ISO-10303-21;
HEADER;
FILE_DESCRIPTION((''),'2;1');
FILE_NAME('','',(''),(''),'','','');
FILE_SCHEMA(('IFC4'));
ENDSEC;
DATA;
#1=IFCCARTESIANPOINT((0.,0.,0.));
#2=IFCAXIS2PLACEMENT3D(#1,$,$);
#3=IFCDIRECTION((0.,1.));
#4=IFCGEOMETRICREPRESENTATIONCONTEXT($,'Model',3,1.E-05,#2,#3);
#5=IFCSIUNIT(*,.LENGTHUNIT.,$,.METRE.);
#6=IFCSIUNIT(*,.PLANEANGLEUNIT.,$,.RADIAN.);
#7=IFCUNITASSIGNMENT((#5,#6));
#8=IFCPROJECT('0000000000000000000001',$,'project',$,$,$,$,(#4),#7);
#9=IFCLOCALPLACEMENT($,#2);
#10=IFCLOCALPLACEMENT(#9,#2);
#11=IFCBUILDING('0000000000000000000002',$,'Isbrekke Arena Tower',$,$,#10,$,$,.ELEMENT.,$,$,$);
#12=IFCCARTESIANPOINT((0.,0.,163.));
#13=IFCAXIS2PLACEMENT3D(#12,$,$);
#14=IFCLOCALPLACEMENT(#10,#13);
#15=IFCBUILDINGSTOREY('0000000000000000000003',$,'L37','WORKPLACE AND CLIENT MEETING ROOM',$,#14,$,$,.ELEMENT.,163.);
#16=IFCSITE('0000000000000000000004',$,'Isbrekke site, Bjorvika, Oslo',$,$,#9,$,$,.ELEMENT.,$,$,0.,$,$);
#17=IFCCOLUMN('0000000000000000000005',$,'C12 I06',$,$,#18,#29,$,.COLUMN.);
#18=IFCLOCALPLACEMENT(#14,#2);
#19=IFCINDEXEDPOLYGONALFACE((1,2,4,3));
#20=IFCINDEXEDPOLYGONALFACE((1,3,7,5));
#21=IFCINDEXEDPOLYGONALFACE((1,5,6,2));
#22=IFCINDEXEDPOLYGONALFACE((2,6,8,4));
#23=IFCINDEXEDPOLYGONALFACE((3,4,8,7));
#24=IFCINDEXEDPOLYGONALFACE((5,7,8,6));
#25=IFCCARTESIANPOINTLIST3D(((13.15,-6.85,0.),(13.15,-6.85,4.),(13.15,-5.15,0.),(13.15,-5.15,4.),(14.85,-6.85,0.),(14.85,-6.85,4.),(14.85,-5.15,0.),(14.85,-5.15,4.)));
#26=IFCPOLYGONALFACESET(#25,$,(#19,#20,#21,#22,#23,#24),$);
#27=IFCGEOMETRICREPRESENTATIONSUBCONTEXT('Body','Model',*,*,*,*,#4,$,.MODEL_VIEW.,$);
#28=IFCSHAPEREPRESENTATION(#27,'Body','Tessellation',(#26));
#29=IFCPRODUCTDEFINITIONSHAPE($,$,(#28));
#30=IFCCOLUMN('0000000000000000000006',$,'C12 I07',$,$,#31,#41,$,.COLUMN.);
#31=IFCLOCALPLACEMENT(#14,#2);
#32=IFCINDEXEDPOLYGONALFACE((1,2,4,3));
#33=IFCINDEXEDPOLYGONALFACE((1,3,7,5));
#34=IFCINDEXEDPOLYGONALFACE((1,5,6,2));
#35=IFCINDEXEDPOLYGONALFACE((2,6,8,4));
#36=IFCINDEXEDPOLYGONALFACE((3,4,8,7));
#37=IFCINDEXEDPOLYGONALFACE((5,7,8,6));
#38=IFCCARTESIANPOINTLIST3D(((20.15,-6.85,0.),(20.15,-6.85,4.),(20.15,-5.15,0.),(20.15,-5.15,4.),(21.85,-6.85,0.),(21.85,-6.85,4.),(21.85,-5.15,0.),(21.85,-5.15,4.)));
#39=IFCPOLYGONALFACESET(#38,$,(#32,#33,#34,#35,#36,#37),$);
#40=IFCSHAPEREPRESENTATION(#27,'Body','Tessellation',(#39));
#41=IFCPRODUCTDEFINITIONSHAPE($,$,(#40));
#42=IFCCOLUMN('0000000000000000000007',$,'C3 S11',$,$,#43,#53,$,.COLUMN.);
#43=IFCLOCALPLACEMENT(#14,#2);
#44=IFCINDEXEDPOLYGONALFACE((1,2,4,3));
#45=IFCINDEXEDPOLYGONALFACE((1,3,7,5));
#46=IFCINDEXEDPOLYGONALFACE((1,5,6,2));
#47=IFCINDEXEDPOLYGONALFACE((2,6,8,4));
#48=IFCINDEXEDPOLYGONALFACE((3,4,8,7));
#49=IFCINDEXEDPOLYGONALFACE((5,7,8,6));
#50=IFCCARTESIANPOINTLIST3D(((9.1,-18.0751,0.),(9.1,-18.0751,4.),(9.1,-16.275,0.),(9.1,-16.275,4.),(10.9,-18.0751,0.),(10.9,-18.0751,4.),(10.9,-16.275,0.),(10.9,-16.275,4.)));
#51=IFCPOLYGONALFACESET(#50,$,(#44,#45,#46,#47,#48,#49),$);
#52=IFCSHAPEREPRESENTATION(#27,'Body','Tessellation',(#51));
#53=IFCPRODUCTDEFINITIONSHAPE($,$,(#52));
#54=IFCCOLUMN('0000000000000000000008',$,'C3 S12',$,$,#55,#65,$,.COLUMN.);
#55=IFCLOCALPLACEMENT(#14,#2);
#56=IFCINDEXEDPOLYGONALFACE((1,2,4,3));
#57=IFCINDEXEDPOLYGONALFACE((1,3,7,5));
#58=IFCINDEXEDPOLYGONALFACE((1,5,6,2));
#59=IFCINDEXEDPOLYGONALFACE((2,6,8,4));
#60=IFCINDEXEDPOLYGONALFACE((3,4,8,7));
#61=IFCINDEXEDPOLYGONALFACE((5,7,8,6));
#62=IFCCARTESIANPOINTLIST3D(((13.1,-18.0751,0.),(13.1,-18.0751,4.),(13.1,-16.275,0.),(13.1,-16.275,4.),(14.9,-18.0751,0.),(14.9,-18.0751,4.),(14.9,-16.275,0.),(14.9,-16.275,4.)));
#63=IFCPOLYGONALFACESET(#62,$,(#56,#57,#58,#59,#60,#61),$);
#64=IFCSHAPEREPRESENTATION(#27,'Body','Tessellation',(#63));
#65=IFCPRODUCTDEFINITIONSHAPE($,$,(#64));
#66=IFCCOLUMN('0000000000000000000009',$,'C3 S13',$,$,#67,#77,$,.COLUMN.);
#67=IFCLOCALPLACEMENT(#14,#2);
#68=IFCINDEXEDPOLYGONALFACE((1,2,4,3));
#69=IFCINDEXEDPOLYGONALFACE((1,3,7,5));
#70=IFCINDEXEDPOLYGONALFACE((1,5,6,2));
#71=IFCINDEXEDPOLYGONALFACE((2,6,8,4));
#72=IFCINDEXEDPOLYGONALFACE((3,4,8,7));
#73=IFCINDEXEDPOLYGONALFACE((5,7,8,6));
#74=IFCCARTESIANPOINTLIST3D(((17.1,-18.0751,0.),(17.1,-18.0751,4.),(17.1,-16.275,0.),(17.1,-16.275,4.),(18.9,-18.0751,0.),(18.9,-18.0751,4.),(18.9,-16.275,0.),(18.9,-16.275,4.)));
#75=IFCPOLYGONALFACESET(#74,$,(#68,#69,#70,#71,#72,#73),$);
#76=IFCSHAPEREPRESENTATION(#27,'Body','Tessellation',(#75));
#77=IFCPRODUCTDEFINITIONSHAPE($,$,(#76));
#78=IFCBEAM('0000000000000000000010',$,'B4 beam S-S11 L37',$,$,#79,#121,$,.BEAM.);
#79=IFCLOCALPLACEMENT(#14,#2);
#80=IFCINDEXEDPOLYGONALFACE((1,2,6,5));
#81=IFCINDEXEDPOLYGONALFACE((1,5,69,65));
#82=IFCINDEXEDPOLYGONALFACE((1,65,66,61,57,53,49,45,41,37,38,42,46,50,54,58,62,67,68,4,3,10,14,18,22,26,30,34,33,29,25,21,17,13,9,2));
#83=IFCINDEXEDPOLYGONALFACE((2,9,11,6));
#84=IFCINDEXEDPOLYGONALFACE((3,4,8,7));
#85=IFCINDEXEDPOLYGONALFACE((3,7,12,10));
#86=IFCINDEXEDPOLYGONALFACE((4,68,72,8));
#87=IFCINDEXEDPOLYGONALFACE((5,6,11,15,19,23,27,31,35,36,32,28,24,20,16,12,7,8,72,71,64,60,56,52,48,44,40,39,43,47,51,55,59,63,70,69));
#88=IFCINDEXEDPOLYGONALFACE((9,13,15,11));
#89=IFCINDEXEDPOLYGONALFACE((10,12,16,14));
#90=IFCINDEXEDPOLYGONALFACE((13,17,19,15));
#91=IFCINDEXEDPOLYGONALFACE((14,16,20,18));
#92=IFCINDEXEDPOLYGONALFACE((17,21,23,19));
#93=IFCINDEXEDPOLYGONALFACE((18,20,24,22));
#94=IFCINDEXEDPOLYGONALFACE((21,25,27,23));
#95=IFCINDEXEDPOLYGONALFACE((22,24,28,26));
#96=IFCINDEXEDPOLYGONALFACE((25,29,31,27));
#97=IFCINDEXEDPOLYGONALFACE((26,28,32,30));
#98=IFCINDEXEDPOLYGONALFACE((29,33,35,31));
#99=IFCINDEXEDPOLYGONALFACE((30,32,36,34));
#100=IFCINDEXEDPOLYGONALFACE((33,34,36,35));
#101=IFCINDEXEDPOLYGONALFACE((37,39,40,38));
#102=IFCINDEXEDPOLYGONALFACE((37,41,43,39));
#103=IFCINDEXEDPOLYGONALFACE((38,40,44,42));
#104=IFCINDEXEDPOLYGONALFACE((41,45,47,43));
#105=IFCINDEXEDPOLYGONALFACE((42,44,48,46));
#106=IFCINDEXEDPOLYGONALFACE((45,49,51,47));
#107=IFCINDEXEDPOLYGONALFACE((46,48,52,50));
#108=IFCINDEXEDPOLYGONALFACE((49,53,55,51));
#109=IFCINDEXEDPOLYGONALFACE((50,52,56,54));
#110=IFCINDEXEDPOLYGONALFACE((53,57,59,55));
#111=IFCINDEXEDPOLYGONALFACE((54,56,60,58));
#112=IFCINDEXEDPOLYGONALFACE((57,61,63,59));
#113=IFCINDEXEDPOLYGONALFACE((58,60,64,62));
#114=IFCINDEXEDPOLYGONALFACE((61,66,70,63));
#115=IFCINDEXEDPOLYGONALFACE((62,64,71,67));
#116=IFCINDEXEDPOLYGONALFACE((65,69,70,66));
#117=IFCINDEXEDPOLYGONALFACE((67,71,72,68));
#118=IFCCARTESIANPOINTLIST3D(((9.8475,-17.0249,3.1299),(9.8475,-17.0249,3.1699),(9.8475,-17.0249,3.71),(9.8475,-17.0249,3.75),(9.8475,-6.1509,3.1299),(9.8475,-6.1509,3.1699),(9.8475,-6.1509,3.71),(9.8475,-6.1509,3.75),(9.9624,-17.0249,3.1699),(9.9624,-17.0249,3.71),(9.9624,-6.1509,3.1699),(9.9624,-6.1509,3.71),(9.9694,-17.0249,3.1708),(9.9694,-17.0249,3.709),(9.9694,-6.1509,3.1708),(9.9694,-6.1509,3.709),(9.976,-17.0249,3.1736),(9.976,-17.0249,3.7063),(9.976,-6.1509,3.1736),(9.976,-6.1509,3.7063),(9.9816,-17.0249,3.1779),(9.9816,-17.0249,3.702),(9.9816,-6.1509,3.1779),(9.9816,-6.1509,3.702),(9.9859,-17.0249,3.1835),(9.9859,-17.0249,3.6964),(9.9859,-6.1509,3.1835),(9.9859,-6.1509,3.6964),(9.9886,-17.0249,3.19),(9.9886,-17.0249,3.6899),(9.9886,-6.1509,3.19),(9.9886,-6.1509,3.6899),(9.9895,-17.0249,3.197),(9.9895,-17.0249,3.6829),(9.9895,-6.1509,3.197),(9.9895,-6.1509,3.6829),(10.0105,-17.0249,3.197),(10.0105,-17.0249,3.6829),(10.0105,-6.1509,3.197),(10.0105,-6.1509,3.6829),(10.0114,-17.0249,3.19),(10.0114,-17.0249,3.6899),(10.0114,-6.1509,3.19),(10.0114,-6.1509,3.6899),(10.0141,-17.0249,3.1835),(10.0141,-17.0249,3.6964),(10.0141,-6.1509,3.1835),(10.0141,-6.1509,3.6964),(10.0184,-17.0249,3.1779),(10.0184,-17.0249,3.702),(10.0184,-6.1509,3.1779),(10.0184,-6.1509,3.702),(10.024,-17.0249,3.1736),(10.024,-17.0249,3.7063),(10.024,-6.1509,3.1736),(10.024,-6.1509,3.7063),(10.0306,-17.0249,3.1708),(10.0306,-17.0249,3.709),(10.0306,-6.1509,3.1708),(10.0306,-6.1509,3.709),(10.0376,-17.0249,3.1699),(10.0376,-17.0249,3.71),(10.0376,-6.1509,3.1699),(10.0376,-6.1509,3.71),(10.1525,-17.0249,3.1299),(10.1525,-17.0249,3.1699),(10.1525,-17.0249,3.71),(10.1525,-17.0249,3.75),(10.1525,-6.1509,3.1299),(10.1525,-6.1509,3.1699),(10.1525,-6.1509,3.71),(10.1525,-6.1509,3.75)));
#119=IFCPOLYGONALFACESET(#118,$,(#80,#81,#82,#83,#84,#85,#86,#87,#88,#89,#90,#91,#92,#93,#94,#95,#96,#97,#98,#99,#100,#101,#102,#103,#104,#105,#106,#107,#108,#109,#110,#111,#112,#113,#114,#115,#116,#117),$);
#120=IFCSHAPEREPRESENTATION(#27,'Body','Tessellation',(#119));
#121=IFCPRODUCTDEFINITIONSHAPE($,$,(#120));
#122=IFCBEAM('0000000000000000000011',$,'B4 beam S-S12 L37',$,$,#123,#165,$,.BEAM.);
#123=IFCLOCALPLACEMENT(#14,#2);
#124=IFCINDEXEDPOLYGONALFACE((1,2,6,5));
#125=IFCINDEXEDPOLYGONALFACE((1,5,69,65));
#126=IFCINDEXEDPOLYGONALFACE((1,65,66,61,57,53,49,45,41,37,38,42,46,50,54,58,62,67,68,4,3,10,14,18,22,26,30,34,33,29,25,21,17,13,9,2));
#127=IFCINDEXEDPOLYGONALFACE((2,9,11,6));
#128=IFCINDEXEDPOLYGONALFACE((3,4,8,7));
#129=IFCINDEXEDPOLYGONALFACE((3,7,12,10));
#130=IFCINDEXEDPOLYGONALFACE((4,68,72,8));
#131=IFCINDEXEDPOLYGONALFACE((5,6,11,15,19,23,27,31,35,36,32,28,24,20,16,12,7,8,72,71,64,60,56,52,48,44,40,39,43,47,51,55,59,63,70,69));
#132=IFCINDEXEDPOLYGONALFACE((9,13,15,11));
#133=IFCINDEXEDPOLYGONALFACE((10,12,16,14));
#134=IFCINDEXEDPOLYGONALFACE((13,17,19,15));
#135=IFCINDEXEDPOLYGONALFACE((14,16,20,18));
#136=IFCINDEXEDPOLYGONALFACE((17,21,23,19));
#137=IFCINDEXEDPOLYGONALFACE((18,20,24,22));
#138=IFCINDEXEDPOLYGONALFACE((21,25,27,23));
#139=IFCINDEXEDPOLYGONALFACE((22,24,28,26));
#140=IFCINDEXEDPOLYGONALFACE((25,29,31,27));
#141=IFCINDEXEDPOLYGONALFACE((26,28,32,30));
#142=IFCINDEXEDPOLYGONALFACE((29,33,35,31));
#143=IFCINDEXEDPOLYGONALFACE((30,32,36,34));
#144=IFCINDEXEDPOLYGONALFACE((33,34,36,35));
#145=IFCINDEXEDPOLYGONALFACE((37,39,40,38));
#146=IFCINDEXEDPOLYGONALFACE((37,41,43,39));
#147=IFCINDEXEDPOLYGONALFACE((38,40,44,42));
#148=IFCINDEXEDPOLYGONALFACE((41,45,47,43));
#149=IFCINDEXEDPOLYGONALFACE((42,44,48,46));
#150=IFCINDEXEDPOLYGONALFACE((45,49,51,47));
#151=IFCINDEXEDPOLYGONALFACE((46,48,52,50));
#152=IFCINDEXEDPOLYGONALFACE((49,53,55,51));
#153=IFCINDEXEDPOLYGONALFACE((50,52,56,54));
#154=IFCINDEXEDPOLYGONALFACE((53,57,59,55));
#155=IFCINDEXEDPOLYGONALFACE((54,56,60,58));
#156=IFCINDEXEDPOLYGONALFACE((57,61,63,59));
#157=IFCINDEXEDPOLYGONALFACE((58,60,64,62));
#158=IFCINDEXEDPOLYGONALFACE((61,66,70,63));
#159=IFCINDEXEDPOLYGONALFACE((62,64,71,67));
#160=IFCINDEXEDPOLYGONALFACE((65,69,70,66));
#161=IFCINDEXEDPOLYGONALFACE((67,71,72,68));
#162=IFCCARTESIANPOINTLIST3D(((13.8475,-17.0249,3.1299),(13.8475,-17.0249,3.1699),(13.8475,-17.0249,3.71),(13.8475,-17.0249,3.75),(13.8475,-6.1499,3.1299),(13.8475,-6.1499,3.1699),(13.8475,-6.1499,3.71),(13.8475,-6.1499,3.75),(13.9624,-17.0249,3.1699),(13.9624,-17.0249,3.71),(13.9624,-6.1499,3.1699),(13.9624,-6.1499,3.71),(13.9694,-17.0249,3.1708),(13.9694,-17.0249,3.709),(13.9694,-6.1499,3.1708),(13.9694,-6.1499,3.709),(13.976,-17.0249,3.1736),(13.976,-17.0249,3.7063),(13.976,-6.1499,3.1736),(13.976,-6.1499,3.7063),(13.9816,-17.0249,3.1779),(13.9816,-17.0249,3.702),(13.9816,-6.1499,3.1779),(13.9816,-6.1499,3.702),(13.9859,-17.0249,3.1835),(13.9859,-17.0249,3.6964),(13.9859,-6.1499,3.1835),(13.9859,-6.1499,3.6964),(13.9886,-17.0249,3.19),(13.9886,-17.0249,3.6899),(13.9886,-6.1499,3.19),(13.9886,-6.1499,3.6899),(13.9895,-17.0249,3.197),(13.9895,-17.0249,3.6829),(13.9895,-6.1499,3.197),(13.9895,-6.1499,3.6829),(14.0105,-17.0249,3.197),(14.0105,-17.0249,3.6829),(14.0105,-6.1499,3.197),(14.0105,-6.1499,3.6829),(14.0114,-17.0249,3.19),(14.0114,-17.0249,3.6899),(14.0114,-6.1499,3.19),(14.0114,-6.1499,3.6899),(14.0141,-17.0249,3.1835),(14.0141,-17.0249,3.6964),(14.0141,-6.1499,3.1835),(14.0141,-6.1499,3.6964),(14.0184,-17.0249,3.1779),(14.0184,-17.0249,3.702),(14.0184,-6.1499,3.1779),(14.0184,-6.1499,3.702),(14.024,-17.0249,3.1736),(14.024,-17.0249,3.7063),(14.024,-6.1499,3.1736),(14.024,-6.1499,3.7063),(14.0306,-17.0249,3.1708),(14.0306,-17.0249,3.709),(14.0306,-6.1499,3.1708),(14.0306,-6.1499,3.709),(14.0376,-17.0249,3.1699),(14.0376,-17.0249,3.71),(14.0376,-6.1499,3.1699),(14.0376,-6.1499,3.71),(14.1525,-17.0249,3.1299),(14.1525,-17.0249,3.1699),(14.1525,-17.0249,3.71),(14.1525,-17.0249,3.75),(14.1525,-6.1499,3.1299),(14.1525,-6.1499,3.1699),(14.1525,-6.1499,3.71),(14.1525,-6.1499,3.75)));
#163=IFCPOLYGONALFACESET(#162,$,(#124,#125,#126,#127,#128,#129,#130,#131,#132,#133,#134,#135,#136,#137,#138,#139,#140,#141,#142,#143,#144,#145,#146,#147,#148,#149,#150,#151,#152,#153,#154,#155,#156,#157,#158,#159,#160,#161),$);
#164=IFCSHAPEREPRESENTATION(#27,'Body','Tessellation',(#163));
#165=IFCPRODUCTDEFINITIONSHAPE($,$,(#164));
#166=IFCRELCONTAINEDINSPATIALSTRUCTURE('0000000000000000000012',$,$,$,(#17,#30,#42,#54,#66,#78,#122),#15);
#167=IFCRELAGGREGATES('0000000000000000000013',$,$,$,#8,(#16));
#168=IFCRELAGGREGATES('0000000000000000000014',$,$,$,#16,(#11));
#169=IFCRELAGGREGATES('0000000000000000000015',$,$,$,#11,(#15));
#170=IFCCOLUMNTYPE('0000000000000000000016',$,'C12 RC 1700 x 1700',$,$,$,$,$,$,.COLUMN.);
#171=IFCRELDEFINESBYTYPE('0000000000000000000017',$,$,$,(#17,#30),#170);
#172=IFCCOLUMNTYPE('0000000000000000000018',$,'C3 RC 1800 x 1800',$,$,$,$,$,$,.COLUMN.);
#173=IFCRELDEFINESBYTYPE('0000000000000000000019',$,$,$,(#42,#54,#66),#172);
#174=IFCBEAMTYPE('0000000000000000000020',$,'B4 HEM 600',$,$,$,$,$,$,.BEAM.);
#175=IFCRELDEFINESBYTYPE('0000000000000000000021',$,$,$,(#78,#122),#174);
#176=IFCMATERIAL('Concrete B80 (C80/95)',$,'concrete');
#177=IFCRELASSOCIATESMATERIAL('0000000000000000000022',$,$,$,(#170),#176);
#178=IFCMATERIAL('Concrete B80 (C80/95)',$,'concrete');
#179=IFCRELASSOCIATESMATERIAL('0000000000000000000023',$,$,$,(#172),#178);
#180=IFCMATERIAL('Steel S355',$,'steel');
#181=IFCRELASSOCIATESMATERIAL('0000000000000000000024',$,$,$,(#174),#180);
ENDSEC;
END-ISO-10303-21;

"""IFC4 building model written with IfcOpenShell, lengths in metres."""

from ifc_helpers import new_model, si_unit, direction, frame, origin, origin_2d, place, context, subcontext, project, spatial, rectangle, i_section, extrude, material, material_profile, profile_set, type_object, element, save


model = new_model("IFC4")

# Units and contexts
model_context = context("Model", 3, precision=1e-05, world=origin(), true_north=direction((0.0, 1.0)))
body_context = subcontext(model_context, "Body", "Model", "MODEL_VIEW")
ifc_project = project(units=[si_unit("LENGTHUNIT", "METRE"), si_unit("PLANEANGLEUNIT", "RADIAN")], contexts=[model_context])

# Site, building, storey
site_placement = place(None, origin())
site = spatial("IfcSite", under=ifc_project, at=site_placement, Name="Isbrekke site, Bjorvika, Oslo", CompositionType="ELEMENT", RefElevation=0.0)
building_placement = place(site_placement, origin())
building = spatial("IfcBuilding", under=site, at=building_placement, Name="Isbrekke Arena Tower", CompositionType="ELEMENT")
storey_placement = place(building_placement, frame((0.0, 0.0, 163.0)))
storey = spatial("IfcBuildingStorey", under=building, at=storey_placement, Name="L37", Description="WORKPLACE AND CLIENT MEETING ROOM", CompositionType="ELEMENT", Elevation=163.0)

# Columns
ifc_material_1 = material(Name="Concrete B80 (C80/95)", Category="concrete")
ifc_material_profile_1 = material_profile(ifc_material_1, rectangle(XDim=1.7, YDim=1.7, at=origin_2d()), Name="RC 1700x1700")
ifc_profile_set_1 = profile_set([ifc_material_profile_1], Name="Concrete B80 (C80/95)")
column_type_1 = type_object("IfcColumnType", Name="C12 RC 1700 x 1700", PredefinedType="COLUMN", material=ifc_profile_set_1)
for number, where, z_axis, x_axis, name in (
    (1, (14.0, -6.0, 0.0), (0.0, 0.0, 1.0), (1.0, 0.0, 0.0), "C12 I06"),
    (2, (21.0, -6.0, 0.0), (0.0, 0.0, 1.0), (1.0, 0.0, 0.0), "C12 I07"),
):
    element("IfcColumn", number, at=place(storey_placement, frame(where, z_axis=z_axis, x_axis=x_axis)), inside=storey, type_object=column_type_1, Name=name, PredefinedType="COLUMN", context=body_context, shape_type="SweptSolid", body=[
        extrude(rectangle(XDim=1.7, YDim=1.7, at=origin_2d()), origin(), (0.0, 0.0, 1.0), 4.0),
    ])
ifc_material_2 = material(Name="Concrete B80 (C80/95)", Category="concrete")
ifc_material_profile_2 = material_profile(ifc_material_2, rectangle(XDim=1.8, YDim=1.8, at=origin_2d()), Name="RC 1800x1800")
ifc_profile_set_2 = profile_set([ifc_material_profile_2], Name="Concrete B80 (C80/95)")
column_type_2 = type_object("IfcColumnType", Name="C3 RC 1800 x 1800", PredefinedType="COLUMN", material=ifc_profile_set_2)
for number, where, z_axis, x_axis, name in (
    (3, (10.0, -17.175, 0.0), (0.0, 0.0, 1.0), (1.0, 0.0, 0.0), "C3 S11"),
    (4, (14.0, -17.175, 0.0), (0.0, 0.0, 1.0), (1.0, 0.0, 0.0), "C3 S12"),
    (5, (18.0, -17.175, 0.0), (0.0, 0.0, 1.0), (1.0, 0.0, 0.0), "C3 S13"),
):
    element("IfcColumn", number, at=place(storey_placement, frame(where, z_axis=z_axis, x_axis=x_axis)), inside=storey, type_object=column_type_2, Name=name, PredefinedType="COLUMN", context=body_context, shape_type="SweptSolid", body=[
        extrude(rectangle(XDim=1.8, YDim=1.8, at=origin_2d()), origin(), (0.0, 0.0, 1.0), 4.0),
    ])

# Beams
ifc_material_3 = material(Name="Steel S355", Category="steel")
ifc_material_profile_3 = material_profile(ifc_material_3, i_section(OverallWidth=0.3049, OverallDepth=0.6201, WebThickness=0.021, FlangeThickness=0.04, FilletRadius=0.0271, at=origin_2d()), Name="HEM 600")
ifc_profile_set_3 = profile_set([ifc_material_profile_3], Name="Steel S355")
beam_type_1 = type_object("IfcBeamType", Name="B4 HEM 600", PredefinedType="BEAM", material=ifc_profile_set_3)
beam_1_placement = place(storey_placement, frame((10.0, -17.0249, 3.4399), z_axis=(0.0, 1.0, 0.0), x_axis=(-1.0, 0.0, 0.0)))
element("IfcBeam", 6, at=beam_1_placement, inside=storey, type_object=beam_type_1, Name="B4 beam S-S11 L37", PredefinedType="BEAM", context=body_context, shape_type="SweptSolid", body=[
    extrude(i_section(OverallWidth=0.3049, OverallDepth=0.6201, WebThickness=0.021, FlangeThickness=0.04, FilletRadius=0.0271, at=origin_2d()), origin(), (0.0, 0.0, 1.0), 10.874),
])
beam_2_placement = place(storey_placement, frame((14.0, -17.0249, 3.4399), z_axis=(0.0, 1.0, 0.0), x_axis=(-1.0, 0.0, 0.0)))
element("IfcBeam", 7, at=beam_2_placement, inside=storey, type_object=beam_type_1, Name="B4 beam S-S12 L37", PredefinedType="BEAM", context=body_context, shape_type="SweptSolid", body=[
    extrude(i_section(OverallWidth=0.3049, OverallDepth=0.6201, WebThickness=0.021, FlangeThickness=0.04, FilletRadius=0.0271, at=origin_2d()), origin(), (0.0, 0.0, 1.0), 10.875),
])

save(model, "model.ifc")
